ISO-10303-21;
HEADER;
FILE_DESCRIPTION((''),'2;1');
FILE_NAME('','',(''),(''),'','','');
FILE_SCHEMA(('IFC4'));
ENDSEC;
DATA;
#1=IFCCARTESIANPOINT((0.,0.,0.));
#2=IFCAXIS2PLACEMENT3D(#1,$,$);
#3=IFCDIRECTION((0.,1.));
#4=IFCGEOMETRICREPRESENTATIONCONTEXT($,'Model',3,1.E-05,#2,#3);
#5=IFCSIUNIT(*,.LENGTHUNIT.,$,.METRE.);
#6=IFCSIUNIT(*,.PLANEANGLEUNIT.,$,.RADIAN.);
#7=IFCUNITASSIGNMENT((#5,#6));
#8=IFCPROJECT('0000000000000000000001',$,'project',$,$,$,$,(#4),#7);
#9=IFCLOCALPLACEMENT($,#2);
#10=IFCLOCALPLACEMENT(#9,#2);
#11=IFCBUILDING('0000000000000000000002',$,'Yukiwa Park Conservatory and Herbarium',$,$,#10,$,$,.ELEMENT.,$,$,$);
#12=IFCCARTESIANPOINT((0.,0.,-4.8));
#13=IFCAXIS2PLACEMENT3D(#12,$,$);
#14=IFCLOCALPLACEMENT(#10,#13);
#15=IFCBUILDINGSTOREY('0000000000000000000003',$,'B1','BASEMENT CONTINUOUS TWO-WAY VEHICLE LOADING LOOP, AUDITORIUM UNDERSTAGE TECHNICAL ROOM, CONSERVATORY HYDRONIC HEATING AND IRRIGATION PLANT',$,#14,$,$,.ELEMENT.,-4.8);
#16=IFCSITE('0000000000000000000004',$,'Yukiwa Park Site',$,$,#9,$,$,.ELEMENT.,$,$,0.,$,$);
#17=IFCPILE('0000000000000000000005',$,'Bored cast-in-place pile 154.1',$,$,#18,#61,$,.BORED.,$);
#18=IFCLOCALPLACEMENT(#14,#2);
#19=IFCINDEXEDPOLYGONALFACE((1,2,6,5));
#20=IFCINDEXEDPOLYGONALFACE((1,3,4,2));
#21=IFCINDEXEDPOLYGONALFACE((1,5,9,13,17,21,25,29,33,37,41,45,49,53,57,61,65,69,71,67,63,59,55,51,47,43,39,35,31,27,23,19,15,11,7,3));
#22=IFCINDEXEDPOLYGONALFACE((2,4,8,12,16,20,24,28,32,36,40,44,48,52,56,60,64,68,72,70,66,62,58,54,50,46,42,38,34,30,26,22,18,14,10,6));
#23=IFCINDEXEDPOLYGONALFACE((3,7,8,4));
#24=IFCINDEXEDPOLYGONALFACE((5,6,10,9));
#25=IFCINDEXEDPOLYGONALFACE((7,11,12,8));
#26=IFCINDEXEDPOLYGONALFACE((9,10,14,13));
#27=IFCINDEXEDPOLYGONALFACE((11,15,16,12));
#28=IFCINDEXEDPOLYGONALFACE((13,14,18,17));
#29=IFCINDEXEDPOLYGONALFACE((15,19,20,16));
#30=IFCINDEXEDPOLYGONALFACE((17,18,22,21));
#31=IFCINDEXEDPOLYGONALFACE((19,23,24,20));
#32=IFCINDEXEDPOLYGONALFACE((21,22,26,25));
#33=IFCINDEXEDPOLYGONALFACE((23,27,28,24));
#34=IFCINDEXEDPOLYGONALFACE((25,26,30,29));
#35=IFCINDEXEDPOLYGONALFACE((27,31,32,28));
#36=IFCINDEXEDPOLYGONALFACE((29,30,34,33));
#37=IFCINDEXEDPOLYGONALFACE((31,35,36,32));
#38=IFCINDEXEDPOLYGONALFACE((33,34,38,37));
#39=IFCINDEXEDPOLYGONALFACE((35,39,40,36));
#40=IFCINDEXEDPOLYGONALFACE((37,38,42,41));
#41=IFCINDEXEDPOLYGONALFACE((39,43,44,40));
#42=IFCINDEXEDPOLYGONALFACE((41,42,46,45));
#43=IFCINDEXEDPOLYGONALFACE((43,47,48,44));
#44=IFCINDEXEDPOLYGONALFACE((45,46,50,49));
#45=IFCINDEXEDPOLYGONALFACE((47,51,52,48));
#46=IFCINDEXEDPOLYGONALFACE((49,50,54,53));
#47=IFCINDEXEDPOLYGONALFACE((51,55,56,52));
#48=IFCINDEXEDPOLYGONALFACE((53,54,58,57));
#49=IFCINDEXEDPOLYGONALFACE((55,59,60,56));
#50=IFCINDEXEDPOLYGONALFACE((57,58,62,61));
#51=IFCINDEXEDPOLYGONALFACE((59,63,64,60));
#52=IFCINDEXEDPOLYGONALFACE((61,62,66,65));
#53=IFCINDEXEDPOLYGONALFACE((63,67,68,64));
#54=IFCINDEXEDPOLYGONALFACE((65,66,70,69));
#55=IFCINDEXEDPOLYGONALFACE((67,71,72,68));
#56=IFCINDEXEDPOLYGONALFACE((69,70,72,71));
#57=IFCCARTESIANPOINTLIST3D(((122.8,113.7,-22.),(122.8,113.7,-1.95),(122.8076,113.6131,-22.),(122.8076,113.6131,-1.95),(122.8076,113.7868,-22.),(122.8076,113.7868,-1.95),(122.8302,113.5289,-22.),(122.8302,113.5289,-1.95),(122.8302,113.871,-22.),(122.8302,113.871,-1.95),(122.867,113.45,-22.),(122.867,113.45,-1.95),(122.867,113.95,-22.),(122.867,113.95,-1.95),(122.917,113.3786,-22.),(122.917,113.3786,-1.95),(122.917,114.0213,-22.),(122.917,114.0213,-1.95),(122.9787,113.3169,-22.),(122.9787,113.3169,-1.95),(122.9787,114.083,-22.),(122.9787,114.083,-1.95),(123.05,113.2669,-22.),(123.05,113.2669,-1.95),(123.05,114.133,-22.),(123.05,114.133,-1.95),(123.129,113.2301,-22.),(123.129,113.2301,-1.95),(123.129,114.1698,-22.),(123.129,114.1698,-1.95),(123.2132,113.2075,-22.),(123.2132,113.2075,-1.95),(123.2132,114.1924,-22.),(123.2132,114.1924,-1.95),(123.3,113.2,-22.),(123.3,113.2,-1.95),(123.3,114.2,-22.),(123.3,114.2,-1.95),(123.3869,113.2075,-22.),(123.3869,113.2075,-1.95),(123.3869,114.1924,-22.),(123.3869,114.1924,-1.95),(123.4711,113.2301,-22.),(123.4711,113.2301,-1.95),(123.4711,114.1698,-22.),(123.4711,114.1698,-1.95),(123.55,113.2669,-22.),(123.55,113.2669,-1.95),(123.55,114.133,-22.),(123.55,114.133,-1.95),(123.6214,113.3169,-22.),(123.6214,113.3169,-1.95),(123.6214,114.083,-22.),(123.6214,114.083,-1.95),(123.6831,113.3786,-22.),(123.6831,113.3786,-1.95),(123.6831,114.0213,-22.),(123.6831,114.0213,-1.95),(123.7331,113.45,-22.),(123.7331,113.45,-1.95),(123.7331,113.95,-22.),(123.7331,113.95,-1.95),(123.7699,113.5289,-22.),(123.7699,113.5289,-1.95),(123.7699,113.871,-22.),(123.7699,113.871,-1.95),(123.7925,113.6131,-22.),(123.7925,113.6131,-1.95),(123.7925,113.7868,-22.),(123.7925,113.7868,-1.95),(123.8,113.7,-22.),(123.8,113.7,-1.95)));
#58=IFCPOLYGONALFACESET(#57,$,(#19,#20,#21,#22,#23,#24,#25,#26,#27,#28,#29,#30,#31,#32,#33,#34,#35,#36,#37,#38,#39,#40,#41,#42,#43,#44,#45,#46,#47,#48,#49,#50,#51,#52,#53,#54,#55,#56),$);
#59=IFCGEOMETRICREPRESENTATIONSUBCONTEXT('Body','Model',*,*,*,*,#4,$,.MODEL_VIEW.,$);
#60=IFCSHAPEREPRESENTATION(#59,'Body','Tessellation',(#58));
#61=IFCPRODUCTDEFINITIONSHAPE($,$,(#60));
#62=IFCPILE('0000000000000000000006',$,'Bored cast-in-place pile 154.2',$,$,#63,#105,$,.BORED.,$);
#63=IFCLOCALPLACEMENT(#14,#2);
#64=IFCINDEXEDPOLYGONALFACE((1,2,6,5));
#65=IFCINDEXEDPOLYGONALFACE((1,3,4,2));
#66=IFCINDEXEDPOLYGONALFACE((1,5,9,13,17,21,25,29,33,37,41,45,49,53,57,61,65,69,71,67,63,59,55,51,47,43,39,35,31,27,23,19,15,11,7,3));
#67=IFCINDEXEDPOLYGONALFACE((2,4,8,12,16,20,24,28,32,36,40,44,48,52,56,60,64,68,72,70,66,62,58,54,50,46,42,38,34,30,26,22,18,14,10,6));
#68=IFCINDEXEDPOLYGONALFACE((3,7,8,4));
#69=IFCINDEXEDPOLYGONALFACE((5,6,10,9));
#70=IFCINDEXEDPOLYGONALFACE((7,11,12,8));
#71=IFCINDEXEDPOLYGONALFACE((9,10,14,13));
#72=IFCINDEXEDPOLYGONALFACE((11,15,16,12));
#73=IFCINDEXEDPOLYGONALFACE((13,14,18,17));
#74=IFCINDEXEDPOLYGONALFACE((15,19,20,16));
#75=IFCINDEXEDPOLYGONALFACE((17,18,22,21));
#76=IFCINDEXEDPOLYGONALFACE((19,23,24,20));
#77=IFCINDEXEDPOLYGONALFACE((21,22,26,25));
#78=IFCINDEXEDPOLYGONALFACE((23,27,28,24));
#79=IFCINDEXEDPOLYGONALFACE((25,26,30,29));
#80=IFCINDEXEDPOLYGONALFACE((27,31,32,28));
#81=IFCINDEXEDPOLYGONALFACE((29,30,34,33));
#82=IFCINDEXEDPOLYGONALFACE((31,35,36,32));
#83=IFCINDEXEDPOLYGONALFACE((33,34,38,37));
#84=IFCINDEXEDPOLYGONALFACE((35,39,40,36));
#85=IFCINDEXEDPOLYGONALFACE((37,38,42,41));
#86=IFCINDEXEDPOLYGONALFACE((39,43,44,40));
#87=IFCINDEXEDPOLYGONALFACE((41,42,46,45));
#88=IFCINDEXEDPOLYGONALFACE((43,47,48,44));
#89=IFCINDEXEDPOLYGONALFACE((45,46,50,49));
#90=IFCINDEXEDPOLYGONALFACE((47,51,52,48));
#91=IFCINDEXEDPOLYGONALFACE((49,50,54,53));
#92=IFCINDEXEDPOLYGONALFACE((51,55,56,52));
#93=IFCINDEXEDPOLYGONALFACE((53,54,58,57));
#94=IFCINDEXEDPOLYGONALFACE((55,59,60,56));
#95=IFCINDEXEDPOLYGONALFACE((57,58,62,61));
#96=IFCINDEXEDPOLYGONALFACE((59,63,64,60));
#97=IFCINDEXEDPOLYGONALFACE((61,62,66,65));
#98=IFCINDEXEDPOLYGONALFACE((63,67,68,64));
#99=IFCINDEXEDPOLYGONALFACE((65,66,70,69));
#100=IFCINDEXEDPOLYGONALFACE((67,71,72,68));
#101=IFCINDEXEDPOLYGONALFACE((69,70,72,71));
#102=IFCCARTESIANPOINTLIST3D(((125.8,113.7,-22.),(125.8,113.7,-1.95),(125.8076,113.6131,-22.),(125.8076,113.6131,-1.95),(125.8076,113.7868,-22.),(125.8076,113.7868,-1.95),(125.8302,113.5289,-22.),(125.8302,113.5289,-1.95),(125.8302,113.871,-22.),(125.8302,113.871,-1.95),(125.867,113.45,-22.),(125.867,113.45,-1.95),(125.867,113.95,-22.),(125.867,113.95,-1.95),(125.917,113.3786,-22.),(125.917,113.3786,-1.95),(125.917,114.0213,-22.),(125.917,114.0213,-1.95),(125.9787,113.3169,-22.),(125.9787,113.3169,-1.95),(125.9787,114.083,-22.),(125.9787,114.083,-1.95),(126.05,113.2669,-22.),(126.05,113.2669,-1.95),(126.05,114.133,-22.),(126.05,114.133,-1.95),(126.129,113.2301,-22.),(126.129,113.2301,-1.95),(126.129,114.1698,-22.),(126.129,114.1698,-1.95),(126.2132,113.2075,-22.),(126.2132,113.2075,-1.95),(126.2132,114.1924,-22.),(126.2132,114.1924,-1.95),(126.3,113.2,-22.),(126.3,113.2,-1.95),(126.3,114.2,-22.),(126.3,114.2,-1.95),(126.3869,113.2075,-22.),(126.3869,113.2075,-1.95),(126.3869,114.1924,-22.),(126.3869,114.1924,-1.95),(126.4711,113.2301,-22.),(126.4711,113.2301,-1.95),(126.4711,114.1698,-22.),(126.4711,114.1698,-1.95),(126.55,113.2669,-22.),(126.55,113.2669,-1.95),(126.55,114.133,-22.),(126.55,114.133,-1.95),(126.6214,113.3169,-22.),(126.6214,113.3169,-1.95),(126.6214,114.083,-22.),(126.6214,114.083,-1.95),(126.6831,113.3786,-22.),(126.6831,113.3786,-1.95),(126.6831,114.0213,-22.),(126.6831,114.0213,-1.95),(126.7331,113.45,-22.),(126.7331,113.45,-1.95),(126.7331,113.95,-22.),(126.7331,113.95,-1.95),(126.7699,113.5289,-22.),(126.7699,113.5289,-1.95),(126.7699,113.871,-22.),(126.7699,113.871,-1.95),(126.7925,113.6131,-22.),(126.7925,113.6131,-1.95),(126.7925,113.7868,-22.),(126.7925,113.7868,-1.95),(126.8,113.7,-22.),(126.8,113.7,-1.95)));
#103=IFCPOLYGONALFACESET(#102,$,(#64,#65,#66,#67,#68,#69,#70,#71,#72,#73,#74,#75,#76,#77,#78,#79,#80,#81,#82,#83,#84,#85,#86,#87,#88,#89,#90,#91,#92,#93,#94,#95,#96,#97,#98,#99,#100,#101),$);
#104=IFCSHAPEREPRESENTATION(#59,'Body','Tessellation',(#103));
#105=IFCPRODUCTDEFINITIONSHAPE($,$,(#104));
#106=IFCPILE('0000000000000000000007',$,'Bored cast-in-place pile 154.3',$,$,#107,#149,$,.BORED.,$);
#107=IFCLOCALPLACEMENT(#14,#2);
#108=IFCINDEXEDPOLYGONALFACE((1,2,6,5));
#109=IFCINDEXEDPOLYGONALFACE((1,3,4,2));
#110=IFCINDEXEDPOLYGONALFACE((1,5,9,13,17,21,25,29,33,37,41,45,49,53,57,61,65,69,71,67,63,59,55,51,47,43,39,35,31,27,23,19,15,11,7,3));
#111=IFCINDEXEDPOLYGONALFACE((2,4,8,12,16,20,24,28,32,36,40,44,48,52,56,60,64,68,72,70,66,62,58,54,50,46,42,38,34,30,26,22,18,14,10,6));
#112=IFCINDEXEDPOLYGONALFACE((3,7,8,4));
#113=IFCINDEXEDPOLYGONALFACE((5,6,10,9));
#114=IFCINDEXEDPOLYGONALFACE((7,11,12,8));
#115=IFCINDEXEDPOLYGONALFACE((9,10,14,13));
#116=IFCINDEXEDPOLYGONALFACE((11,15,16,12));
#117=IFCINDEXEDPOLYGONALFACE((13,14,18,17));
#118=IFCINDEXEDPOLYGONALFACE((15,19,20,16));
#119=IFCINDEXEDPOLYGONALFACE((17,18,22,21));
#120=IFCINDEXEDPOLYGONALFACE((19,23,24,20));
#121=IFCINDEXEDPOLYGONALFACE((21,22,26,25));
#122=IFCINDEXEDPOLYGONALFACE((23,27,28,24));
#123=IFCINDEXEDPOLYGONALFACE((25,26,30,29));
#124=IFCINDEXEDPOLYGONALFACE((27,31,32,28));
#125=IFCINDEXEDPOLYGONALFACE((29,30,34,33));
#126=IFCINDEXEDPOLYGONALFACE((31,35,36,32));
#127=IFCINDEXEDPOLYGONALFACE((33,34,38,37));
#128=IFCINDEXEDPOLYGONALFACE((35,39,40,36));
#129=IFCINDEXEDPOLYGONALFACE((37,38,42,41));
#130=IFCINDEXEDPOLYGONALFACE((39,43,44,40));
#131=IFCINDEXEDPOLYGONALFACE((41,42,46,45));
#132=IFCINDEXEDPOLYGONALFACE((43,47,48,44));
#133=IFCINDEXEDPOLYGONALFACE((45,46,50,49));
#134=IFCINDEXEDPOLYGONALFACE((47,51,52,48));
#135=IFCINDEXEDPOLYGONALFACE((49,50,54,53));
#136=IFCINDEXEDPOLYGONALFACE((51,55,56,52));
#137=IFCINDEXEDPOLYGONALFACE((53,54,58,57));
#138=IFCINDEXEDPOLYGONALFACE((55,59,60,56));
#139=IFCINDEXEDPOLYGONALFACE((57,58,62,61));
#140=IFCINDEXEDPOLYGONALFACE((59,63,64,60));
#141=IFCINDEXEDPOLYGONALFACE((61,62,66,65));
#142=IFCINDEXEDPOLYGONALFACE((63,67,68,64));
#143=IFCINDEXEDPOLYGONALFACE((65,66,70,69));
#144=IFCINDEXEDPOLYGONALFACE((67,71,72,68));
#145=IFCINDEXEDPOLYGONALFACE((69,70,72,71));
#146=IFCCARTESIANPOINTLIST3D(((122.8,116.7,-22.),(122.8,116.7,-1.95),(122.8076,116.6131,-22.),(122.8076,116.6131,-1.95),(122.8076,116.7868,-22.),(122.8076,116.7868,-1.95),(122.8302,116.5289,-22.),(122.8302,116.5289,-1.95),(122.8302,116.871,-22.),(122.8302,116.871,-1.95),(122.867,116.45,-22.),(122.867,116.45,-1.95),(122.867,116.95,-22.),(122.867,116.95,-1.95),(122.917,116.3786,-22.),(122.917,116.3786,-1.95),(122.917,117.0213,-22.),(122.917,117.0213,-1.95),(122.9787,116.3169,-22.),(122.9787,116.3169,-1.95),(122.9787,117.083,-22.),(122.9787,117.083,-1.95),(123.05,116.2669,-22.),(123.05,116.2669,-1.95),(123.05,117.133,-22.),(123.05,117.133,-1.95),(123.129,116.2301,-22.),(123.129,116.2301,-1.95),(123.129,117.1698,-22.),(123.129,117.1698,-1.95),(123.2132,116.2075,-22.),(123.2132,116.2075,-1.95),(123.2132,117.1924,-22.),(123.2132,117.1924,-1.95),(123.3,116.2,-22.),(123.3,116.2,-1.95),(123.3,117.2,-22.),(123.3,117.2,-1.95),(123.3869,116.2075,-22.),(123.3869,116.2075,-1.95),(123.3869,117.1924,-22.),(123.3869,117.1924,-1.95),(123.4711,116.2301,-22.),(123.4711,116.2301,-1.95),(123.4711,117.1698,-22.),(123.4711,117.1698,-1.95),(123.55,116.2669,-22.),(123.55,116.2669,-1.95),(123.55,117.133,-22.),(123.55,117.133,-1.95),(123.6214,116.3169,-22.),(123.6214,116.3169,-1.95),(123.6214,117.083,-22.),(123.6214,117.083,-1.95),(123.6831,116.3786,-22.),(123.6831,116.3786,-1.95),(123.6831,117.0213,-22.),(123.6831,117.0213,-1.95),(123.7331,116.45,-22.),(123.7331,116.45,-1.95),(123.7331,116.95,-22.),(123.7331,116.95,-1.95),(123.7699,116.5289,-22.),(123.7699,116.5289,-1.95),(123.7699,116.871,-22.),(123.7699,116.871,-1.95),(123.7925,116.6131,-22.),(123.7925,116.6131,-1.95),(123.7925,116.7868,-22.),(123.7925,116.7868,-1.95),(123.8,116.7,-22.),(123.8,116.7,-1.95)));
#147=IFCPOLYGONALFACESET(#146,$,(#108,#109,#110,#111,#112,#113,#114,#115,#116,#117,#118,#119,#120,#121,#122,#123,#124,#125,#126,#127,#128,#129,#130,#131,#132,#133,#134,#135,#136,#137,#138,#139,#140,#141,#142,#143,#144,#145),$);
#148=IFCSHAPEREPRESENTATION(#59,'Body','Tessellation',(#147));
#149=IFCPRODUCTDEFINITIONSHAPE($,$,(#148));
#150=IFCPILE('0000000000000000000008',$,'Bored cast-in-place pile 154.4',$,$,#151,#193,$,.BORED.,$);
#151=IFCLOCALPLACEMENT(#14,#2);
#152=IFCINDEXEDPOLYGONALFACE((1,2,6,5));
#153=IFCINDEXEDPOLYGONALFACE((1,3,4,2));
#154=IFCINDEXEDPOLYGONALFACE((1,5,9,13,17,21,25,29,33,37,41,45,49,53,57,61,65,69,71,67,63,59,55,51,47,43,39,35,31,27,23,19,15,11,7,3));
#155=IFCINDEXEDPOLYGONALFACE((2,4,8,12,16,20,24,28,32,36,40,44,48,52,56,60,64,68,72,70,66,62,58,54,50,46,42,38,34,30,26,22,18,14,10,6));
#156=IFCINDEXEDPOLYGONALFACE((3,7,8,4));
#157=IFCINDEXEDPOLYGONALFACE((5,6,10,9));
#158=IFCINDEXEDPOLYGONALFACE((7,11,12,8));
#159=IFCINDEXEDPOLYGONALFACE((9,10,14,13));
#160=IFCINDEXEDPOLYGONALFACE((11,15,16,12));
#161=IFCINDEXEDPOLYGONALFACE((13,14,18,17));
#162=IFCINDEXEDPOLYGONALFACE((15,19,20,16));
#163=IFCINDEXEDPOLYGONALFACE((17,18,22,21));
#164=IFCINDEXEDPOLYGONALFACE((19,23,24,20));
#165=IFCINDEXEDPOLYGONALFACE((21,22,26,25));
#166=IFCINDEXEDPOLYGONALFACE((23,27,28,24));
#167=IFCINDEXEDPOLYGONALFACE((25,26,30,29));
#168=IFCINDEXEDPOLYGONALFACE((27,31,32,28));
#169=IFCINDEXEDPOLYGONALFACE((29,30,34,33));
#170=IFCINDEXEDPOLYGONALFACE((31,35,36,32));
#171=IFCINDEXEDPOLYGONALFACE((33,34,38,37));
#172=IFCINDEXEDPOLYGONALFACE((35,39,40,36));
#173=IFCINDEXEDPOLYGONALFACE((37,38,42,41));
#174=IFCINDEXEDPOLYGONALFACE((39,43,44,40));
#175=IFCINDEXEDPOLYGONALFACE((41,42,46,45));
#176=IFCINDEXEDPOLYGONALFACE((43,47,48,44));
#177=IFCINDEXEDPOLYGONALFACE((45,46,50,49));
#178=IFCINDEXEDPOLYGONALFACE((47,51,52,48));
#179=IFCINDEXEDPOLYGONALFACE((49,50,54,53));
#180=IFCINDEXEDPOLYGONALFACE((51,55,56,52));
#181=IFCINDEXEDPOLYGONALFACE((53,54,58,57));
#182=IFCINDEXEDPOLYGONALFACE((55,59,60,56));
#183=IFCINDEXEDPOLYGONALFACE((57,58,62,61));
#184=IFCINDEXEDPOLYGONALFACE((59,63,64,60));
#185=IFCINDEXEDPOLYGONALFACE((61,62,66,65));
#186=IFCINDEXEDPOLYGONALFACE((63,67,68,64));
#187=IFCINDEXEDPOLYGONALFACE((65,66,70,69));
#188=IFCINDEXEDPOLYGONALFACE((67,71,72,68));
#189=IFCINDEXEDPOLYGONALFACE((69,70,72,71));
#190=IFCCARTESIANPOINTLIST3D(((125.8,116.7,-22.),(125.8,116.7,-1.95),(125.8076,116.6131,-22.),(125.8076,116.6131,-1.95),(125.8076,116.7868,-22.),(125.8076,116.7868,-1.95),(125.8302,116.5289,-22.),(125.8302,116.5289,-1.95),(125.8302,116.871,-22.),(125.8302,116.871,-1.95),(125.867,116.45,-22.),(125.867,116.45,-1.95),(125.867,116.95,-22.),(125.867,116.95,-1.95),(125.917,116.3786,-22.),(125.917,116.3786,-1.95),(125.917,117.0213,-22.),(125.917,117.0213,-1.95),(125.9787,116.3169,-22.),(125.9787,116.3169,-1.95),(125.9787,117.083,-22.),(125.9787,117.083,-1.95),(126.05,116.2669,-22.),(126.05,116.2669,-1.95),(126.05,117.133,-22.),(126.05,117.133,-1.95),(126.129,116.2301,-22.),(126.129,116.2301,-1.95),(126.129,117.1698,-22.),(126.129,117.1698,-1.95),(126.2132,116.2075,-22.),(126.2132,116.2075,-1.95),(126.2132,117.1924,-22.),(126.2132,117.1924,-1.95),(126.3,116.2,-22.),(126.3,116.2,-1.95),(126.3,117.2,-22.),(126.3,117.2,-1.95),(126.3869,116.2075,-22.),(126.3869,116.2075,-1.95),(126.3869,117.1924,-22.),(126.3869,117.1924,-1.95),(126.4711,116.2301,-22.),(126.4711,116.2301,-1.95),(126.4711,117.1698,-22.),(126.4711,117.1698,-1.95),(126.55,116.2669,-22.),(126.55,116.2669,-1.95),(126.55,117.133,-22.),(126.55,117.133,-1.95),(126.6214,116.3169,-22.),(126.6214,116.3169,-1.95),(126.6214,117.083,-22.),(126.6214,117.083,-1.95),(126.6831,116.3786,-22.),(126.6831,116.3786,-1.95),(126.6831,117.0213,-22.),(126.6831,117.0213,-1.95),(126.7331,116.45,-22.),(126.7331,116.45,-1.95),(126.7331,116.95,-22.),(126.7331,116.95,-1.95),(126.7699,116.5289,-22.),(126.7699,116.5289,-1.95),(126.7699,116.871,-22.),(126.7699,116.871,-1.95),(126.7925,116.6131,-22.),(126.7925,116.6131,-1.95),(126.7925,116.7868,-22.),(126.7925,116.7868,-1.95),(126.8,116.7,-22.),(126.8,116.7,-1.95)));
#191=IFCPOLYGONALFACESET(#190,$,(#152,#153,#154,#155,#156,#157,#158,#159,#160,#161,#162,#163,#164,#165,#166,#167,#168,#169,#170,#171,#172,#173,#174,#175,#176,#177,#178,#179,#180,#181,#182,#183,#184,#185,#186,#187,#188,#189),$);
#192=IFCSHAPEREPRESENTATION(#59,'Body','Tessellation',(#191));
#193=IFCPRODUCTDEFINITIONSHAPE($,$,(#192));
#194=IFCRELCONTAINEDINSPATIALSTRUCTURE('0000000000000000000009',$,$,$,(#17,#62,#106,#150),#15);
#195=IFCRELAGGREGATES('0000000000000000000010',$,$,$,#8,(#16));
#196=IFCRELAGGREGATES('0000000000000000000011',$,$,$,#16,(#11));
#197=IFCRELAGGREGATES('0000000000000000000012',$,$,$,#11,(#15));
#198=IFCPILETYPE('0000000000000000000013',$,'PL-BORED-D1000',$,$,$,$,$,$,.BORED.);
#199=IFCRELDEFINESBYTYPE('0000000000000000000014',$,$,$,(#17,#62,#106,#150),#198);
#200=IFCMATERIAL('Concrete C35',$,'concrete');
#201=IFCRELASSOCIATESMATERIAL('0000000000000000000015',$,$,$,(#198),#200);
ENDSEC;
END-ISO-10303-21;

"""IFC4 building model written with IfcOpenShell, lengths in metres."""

from ifc_helpers import new_model, si_unit, direction, frame, origin, origin_2d, place, context, subcontext, project, spatial, circle, extrude, material, material_profile, profile_set, type_object, element, save


model = new_model("IFC4")

# Units and contexts
model_context = context("Model", 3, precision=1e-05, world=origin(), true_north=direction((0.0, 1.0)))
body_context = subcontext(model_context, "Body", "Model", "MODEL_VIEW")
ifc_project = project(units=[si_unit("LENGTHUNIT", "METRE"), si_unit("PLANEANGLEUNIT", "RADIAN")], contexts=[model_context])

# Site, building, storey
site_placement = place(None, origin())
site = spatial("IfcSite", under=ifc_project, at=site_placement, Name="Yukiwa Park Site", CompositionType="ELEMENT", RefElevation=0.0)
building_placement = place(site_placement, origin())
building = spatial("IfcBuilding", under=site, at=building_placement, Name="Yukiwa Park Conservatory and Herbarium", CompositionType="ELEMENT")
storey_placement = place(building_placement, frame((0.0, 0.0, -4.8)))
storey = spatial("IfcBuildingStorey", under=building, at=storey_placement, Name="B1", Description="BASEMENT CONTINUOUS TWO-WAY VEHICLE LOADING LOOP, AUDITORIUM UNDERSTAGE TECHNICAL ROOM, CONSERVATORY HYDRONIC HEATING AND IRRIGATION PLANT", CompositionType="ELEMENT", Elevation=-4.8)

# Piles
ifc_material_1 = material(Name="Concrete C35", Category="concrete")
ifc_material_profile_1 = material_profile(ifc_material_1, circle(Radius=0.5, at=origin_2d()), Name="PILE D1000")
ifc_profile_set_1 = profile_set([ifc_material_profile_1], Name="Concrete C35")
pile_type_1 = type_object("IfcPileType", Name="PL-BORED-D1000", PredefinedType="BORED", material=ifc_profile_set_1)
for number, where, z_axis, x_axis, name in (
    (1, (123.3, 113.7, -1.95), (0.0, 0.0, -1.0), (1.0, 0.0, 0.0), "Bored cast-in-place pile 154.1"),
    (2, (126.3, 113.7, -1.95), (0.0, 0.0, -1.0), (1.0, 0.0, 0.0), "Bored cast-in-place pile 154.2"),
    (3, (123.3, 116.7, -1.95), (0.0, 0.0, -1.0), (1.0, 0.0, 0.0), "Bored cast-in-place pile 154.3"),
    (4, (126.3, 116.7, -1.95), (0.0, 0.0, -1.0), (1.0, 0.0, 0.0), "Bored cast-in-place pile 154.4"),
):
    element("IfcPile", number, at=place(storey_placement, frame(where, z_axis=z_axis, x_axis=x_axis)), inside=storey, type_object=pile_type_1, Name=name, PredefinedType="BORED", context=body_context, shape_type="SweptSolid", body=[
        extrude(circle(Radius=0.5, at=origin_2d()), origin(), (0.0, 0.0, 1.0), 20.05),
    ])

save(model, "model.ifc")
